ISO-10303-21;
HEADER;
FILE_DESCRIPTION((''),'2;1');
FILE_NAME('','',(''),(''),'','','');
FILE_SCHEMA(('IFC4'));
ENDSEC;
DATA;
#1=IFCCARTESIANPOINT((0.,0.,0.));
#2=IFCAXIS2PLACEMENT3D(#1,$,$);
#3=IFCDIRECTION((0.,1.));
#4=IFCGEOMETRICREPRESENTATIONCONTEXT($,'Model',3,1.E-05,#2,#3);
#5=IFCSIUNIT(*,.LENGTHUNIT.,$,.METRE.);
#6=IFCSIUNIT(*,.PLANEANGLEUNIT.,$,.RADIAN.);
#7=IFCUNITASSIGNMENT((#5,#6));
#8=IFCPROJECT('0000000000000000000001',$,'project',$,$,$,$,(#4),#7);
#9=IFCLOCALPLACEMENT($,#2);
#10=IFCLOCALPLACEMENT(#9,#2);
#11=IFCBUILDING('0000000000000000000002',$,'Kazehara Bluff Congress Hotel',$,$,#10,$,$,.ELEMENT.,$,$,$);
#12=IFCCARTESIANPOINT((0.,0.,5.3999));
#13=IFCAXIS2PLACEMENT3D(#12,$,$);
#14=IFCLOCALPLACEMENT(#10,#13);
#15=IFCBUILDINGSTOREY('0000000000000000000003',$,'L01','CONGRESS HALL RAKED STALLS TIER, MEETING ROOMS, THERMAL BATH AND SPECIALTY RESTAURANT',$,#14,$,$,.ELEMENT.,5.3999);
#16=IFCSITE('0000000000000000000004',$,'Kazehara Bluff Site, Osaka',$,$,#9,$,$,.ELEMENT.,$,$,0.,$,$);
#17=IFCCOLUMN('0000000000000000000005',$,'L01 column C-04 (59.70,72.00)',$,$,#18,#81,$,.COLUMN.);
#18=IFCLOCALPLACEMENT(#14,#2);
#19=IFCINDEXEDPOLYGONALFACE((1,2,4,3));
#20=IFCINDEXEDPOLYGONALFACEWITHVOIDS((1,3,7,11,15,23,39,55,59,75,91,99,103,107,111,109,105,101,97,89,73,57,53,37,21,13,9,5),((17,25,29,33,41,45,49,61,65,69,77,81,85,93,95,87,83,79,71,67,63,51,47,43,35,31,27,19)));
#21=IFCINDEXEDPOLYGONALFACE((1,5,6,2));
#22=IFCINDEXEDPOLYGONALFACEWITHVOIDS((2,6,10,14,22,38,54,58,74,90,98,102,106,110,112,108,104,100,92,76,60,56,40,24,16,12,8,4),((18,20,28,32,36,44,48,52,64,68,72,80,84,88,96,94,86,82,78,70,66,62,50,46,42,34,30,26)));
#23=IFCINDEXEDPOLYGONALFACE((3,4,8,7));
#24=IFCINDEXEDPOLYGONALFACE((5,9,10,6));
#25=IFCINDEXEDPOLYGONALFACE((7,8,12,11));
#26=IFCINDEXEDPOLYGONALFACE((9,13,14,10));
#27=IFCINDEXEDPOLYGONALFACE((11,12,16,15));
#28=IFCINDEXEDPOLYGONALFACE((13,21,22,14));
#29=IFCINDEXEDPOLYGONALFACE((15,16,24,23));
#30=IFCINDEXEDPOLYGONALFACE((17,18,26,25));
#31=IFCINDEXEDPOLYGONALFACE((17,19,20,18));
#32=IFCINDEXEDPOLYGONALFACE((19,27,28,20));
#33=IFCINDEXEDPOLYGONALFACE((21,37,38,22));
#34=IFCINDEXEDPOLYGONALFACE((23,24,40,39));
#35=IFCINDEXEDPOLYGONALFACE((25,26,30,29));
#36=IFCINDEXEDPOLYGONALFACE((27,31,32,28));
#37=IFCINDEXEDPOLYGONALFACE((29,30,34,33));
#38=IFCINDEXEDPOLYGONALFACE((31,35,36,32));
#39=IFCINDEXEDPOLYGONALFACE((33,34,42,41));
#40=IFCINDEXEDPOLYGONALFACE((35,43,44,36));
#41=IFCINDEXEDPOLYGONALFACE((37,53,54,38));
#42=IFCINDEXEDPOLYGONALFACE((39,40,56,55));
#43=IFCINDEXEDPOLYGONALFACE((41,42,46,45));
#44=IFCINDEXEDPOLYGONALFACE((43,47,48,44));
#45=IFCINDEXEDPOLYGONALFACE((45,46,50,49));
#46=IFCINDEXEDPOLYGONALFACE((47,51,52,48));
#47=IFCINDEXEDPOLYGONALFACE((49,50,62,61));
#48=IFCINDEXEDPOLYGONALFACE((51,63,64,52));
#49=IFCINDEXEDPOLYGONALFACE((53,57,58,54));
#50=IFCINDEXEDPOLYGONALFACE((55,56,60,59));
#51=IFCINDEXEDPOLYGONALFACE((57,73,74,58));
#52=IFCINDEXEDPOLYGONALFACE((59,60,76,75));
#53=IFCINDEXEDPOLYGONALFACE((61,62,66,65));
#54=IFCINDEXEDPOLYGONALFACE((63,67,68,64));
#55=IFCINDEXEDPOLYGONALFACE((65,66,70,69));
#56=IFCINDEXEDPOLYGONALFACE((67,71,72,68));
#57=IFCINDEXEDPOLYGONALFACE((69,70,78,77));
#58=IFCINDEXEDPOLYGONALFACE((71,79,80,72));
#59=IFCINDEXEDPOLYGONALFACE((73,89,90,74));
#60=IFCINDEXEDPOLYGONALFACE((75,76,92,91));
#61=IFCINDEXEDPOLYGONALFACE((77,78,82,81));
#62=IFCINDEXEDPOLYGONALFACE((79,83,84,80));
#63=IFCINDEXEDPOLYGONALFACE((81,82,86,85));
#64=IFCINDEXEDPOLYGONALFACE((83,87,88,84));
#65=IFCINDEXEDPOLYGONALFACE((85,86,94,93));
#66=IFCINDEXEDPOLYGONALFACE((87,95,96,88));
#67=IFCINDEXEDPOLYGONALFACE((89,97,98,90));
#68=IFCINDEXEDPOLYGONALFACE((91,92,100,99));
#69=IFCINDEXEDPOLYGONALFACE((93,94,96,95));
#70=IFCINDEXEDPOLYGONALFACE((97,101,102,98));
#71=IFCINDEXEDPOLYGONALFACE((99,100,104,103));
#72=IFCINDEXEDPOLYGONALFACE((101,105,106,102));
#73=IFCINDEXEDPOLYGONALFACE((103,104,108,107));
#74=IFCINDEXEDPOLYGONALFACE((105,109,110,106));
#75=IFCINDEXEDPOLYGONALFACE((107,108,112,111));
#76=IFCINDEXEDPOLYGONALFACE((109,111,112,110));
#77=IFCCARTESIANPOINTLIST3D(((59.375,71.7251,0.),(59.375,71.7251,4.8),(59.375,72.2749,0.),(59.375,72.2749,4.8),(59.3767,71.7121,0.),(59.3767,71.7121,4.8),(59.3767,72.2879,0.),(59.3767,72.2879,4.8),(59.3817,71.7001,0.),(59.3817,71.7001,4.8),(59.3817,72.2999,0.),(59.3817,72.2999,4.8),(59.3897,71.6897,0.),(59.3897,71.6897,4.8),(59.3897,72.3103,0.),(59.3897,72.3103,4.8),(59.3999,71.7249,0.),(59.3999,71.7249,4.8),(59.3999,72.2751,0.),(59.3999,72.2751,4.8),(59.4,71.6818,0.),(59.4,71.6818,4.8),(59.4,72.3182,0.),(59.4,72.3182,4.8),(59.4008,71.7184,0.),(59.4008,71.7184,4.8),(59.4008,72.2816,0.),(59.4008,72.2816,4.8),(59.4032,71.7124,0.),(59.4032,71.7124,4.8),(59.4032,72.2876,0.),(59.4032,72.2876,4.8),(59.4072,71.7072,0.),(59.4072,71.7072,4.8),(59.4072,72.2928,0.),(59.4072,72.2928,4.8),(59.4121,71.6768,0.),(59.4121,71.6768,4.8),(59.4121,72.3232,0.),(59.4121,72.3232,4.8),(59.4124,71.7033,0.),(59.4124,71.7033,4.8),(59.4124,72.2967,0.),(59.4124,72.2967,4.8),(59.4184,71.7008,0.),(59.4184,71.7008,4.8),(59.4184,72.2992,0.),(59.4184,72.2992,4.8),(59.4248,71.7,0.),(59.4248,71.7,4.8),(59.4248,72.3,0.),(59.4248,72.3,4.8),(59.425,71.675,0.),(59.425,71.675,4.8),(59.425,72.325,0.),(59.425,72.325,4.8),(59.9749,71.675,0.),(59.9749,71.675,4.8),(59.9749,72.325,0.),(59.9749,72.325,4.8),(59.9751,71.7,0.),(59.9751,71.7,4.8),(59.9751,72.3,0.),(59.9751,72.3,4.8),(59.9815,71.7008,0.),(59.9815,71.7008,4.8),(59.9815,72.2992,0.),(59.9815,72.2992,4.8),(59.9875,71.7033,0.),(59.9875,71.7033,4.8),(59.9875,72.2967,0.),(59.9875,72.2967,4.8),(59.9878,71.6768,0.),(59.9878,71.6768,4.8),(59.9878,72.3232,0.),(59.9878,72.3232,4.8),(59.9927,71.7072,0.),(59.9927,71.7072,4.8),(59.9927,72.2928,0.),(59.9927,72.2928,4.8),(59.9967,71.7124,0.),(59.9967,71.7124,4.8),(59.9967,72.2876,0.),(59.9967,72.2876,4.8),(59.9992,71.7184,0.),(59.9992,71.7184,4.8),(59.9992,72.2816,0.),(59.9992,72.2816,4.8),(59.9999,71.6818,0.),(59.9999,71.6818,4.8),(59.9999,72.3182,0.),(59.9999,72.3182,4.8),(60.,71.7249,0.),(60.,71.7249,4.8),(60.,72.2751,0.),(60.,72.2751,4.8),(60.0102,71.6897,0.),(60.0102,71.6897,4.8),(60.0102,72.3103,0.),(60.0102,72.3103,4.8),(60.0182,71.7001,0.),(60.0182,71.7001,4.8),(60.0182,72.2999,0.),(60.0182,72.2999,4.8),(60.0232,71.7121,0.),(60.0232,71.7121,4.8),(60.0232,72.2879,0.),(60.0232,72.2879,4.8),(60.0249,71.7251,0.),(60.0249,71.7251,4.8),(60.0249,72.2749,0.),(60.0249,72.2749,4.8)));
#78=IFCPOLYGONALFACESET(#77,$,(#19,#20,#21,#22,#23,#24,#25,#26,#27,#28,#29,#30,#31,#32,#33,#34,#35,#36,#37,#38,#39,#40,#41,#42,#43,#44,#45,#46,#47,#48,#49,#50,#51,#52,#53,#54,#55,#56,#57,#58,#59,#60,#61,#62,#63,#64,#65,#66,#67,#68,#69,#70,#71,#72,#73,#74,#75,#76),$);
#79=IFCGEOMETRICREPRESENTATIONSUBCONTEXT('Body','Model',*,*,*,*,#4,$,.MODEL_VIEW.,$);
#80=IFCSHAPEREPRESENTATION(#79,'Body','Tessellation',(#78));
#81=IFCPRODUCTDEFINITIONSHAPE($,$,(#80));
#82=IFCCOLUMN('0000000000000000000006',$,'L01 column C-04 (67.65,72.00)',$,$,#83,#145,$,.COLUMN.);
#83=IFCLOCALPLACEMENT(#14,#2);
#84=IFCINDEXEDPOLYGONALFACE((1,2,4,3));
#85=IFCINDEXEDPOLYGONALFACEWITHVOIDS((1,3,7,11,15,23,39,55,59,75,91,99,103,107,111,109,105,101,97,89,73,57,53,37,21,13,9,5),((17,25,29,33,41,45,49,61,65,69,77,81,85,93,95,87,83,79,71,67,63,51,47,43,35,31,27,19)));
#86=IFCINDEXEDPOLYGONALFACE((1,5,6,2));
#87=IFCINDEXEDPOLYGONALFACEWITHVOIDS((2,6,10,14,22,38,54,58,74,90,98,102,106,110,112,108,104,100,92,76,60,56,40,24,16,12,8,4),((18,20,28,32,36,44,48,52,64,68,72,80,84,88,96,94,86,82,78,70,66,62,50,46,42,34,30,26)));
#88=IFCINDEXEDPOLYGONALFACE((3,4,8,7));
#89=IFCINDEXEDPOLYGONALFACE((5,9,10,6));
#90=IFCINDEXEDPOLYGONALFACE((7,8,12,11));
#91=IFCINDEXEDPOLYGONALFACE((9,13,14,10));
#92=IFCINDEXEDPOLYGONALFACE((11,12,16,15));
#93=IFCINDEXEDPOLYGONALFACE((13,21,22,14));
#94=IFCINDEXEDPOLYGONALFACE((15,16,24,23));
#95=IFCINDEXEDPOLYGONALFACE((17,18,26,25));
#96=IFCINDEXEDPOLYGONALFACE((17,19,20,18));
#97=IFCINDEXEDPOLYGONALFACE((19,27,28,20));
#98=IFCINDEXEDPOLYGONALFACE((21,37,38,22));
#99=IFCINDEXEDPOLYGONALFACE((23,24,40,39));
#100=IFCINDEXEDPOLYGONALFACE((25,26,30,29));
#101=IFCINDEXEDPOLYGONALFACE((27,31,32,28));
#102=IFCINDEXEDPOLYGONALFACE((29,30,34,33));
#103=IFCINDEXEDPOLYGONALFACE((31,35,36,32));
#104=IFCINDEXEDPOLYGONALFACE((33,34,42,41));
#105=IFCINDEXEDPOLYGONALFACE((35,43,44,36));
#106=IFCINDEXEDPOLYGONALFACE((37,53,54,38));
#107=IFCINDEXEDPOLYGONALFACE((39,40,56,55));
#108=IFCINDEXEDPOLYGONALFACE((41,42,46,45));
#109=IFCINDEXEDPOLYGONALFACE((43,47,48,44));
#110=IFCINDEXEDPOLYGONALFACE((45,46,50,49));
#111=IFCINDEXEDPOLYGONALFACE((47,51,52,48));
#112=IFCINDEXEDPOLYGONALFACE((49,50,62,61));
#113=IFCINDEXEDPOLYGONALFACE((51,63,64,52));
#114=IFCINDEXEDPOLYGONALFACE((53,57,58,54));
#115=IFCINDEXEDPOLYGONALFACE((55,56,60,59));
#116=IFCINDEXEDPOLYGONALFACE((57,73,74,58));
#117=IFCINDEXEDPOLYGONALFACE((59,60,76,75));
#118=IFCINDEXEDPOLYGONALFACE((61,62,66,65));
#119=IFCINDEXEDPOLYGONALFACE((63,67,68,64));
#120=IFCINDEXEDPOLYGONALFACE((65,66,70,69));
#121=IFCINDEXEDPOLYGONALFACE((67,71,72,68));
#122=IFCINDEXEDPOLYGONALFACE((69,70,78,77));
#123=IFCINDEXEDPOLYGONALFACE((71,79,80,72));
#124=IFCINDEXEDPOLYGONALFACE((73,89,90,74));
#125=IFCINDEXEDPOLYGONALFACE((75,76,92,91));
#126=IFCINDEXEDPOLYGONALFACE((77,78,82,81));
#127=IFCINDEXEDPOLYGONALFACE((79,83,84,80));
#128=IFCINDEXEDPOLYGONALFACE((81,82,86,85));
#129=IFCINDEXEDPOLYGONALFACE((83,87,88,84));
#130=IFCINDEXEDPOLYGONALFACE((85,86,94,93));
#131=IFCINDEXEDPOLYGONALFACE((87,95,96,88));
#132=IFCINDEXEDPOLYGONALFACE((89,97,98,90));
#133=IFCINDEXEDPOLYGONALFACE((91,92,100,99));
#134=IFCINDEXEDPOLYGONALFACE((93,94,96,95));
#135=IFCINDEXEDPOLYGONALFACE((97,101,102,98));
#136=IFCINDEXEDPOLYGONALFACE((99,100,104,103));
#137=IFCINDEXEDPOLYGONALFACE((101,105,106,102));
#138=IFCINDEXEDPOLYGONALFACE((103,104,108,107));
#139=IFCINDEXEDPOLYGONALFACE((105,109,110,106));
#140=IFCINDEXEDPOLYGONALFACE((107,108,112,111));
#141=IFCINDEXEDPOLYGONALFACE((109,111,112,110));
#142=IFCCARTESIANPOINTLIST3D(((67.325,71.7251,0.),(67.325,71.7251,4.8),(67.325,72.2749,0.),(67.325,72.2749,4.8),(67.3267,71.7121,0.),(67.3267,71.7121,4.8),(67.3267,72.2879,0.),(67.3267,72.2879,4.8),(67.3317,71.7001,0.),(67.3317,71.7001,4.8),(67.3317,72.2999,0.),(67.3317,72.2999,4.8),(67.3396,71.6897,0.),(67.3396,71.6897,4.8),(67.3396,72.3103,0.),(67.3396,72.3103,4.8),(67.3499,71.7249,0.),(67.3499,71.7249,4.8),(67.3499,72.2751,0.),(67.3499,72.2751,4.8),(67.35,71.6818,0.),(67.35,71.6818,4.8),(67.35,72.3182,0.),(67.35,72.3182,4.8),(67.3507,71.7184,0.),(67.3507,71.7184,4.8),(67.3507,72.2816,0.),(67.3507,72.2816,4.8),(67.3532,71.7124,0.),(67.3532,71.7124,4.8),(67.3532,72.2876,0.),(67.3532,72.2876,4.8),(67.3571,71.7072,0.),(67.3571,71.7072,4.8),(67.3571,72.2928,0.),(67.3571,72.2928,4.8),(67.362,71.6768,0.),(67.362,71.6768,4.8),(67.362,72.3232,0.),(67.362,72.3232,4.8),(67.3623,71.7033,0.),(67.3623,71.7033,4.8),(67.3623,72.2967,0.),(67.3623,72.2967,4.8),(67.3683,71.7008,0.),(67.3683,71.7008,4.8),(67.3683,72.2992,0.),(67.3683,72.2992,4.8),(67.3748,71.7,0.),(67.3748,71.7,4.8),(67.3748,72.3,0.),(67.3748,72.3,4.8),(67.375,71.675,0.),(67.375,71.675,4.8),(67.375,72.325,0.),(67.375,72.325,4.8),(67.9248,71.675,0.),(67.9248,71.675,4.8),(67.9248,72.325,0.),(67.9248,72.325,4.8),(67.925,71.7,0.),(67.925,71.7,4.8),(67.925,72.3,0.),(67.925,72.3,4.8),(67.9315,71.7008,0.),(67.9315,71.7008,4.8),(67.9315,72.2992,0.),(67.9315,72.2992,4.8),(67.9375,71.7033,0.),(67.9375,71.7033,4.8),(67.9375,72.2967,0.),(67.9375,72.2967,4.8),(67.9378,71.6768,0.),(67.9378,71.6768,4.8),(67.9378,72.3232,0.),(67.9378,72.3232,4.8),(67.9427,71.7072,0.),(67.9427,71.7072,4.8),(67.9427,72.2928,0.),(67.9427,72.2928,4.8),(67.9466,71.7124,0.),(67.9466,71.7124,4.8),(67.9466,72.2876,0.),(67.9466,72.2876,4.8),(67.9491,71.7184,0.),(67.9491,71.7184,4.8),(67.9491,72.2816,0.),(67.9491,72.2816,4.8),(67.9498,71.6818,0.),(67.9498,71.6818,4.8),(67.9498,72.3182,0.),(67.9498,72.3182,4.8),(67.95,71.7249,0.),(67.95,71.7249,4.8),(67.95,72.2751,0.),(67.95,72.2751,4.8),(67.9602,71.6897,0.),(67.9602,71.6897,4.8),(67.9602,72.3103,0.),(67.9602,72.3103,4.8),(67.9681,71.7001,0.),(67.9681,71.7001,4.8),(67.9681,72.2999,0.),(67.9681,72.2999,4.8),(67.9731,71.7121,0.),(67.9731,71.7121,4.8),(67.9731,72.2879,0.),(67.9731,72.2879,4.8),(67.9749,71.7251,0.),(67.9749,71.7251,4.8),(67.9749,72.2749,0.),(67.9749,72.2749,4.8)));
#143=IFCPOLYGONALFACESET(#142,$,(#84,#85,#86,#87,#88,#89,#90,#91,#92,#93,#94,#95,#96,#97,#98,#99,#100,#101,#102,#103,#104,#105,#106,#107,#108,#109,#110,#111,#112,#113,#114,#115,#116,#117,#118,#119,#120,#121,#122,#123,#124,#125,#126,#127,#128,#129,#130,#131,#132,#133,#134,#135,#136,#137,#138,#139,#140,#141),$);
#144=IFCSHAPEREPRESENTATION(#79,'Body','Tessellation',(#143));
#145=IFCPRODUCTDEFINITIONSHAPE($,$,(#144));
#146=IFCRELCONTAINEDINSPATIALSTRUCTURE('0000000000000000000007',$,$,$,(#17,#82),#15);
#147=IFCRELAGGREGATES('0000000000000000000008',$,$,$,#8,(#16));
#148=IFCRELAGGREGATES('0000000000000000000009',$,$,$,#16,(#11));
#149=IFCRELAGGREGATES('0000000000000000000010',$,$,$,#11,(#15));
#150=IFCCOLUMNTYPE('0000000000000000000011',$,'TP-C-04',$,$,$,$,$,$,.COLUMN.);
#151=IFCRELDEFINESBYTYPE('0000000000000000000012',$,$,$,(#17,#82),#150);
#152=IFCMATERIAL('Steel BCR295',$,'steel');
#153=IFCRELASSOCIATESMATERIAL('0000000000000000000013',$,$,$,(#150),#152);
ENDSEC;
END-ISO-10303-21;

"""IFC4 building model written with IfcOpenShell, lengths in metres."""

from ifc_helpers import new_model, si_unit, direction, frame, origin, origin_2d, place, context, subcontext, project, spatial, hollow_rectangle, extrude, material, material_profile, profile_set, type_object, element, save


model = new_model("IFC4")

# Units and contexts
model_context = context("Model", 3, precision=1e-05, world=origin(), true_north=direction((0.0, 1.0)))
body_context = subcontext(model_context, "Body", "Model", "MODEL_VIEW")
ifc_project = project(units=[si_unit("LENGTHUNIT", "METRE"), si_unit("PLANEANGLEUNIT", "RADIAN")], contexts=[model_context])

# Site, building, storey
site_placement = place(None, origin())
site = spatial("IfcSite", under=ifc_project, at=site_placement, Name="Kazehara Bluff Site, Osaka", CompositionType="ELEMENT", RefElevation=0.0)
building_placement = place(site_placement, origin())
building = spatial("IfcBuilding", under=site, at=building_placement, Name="Kazehara Bluff Congress Hotel", CompositionType="ELEMENT")
storey_placement = place(building_placement, frame((0.0, 0.0, 5.3999)))
storey = spatial("IfcBuildingStorey", under=building, at=storey_placement, Name="L01", Description="CONGRESS HALL RAKED STALLS TIER, MEETING ROOMS, THERMAL BATH AND SPECIALTY RESTAURANT", CompositionType="ELEMENT", Elevation=5.3999)

# Columns
ifc_material_1 = material(Name="Steel BCR295", Category="steel")
ifc_material_profile_1 = material_profile(ifc_material_1, hollow_rectangle(XDim=0.6499, YDim=0.6499, WallThickness=0.0249, InnerFilletRadius=0.0249, OuterFilletRadius=0.05, at=origin_2d()))
ifc_profile_set_1 = profile_set([ifc_material_profile_1], Name="Steel BCR295")
column_type = type_object("IfcColumnType", Name="TP-C-04", PredefinedType="COLUMN", material=ifc_profile_set_1)
for number, where, z_axis, x_axis, name in (
    (1, (59.7, 72.0, 0.0), (0.0, 0.0, 1.0), (1.0, 0.0, 0.0), "L01 column C-04 (59.70,72.00)"),
    (2, (67.6499, 72.0, 0.0), (0.0, 0.0, 1.0), (1.0, 0.0, 0.0), "L01 column C-04 (67.65,72.00)"),
):
    element("IfcColumn", number, at=place(storey_placement, frame(where, z_axis=z_axis, x_axis=x_axis)), inside=storey, type_object=column_type, Name=name, PredefinedType="COLUMN", context=body_context, shape_type="SweptSolid", body=[
        extrude(hollow_rectangle(XDim=0.6499, YDim=0.6499, WallThickness=0.0249, InnerFilletRadius=0.0249, OuterFilletRadius=0.05, at=origin_2d()), origin(), (0.0, 0.0, 1.0), 4.8),
    ])

save(model, "model.ifc")
